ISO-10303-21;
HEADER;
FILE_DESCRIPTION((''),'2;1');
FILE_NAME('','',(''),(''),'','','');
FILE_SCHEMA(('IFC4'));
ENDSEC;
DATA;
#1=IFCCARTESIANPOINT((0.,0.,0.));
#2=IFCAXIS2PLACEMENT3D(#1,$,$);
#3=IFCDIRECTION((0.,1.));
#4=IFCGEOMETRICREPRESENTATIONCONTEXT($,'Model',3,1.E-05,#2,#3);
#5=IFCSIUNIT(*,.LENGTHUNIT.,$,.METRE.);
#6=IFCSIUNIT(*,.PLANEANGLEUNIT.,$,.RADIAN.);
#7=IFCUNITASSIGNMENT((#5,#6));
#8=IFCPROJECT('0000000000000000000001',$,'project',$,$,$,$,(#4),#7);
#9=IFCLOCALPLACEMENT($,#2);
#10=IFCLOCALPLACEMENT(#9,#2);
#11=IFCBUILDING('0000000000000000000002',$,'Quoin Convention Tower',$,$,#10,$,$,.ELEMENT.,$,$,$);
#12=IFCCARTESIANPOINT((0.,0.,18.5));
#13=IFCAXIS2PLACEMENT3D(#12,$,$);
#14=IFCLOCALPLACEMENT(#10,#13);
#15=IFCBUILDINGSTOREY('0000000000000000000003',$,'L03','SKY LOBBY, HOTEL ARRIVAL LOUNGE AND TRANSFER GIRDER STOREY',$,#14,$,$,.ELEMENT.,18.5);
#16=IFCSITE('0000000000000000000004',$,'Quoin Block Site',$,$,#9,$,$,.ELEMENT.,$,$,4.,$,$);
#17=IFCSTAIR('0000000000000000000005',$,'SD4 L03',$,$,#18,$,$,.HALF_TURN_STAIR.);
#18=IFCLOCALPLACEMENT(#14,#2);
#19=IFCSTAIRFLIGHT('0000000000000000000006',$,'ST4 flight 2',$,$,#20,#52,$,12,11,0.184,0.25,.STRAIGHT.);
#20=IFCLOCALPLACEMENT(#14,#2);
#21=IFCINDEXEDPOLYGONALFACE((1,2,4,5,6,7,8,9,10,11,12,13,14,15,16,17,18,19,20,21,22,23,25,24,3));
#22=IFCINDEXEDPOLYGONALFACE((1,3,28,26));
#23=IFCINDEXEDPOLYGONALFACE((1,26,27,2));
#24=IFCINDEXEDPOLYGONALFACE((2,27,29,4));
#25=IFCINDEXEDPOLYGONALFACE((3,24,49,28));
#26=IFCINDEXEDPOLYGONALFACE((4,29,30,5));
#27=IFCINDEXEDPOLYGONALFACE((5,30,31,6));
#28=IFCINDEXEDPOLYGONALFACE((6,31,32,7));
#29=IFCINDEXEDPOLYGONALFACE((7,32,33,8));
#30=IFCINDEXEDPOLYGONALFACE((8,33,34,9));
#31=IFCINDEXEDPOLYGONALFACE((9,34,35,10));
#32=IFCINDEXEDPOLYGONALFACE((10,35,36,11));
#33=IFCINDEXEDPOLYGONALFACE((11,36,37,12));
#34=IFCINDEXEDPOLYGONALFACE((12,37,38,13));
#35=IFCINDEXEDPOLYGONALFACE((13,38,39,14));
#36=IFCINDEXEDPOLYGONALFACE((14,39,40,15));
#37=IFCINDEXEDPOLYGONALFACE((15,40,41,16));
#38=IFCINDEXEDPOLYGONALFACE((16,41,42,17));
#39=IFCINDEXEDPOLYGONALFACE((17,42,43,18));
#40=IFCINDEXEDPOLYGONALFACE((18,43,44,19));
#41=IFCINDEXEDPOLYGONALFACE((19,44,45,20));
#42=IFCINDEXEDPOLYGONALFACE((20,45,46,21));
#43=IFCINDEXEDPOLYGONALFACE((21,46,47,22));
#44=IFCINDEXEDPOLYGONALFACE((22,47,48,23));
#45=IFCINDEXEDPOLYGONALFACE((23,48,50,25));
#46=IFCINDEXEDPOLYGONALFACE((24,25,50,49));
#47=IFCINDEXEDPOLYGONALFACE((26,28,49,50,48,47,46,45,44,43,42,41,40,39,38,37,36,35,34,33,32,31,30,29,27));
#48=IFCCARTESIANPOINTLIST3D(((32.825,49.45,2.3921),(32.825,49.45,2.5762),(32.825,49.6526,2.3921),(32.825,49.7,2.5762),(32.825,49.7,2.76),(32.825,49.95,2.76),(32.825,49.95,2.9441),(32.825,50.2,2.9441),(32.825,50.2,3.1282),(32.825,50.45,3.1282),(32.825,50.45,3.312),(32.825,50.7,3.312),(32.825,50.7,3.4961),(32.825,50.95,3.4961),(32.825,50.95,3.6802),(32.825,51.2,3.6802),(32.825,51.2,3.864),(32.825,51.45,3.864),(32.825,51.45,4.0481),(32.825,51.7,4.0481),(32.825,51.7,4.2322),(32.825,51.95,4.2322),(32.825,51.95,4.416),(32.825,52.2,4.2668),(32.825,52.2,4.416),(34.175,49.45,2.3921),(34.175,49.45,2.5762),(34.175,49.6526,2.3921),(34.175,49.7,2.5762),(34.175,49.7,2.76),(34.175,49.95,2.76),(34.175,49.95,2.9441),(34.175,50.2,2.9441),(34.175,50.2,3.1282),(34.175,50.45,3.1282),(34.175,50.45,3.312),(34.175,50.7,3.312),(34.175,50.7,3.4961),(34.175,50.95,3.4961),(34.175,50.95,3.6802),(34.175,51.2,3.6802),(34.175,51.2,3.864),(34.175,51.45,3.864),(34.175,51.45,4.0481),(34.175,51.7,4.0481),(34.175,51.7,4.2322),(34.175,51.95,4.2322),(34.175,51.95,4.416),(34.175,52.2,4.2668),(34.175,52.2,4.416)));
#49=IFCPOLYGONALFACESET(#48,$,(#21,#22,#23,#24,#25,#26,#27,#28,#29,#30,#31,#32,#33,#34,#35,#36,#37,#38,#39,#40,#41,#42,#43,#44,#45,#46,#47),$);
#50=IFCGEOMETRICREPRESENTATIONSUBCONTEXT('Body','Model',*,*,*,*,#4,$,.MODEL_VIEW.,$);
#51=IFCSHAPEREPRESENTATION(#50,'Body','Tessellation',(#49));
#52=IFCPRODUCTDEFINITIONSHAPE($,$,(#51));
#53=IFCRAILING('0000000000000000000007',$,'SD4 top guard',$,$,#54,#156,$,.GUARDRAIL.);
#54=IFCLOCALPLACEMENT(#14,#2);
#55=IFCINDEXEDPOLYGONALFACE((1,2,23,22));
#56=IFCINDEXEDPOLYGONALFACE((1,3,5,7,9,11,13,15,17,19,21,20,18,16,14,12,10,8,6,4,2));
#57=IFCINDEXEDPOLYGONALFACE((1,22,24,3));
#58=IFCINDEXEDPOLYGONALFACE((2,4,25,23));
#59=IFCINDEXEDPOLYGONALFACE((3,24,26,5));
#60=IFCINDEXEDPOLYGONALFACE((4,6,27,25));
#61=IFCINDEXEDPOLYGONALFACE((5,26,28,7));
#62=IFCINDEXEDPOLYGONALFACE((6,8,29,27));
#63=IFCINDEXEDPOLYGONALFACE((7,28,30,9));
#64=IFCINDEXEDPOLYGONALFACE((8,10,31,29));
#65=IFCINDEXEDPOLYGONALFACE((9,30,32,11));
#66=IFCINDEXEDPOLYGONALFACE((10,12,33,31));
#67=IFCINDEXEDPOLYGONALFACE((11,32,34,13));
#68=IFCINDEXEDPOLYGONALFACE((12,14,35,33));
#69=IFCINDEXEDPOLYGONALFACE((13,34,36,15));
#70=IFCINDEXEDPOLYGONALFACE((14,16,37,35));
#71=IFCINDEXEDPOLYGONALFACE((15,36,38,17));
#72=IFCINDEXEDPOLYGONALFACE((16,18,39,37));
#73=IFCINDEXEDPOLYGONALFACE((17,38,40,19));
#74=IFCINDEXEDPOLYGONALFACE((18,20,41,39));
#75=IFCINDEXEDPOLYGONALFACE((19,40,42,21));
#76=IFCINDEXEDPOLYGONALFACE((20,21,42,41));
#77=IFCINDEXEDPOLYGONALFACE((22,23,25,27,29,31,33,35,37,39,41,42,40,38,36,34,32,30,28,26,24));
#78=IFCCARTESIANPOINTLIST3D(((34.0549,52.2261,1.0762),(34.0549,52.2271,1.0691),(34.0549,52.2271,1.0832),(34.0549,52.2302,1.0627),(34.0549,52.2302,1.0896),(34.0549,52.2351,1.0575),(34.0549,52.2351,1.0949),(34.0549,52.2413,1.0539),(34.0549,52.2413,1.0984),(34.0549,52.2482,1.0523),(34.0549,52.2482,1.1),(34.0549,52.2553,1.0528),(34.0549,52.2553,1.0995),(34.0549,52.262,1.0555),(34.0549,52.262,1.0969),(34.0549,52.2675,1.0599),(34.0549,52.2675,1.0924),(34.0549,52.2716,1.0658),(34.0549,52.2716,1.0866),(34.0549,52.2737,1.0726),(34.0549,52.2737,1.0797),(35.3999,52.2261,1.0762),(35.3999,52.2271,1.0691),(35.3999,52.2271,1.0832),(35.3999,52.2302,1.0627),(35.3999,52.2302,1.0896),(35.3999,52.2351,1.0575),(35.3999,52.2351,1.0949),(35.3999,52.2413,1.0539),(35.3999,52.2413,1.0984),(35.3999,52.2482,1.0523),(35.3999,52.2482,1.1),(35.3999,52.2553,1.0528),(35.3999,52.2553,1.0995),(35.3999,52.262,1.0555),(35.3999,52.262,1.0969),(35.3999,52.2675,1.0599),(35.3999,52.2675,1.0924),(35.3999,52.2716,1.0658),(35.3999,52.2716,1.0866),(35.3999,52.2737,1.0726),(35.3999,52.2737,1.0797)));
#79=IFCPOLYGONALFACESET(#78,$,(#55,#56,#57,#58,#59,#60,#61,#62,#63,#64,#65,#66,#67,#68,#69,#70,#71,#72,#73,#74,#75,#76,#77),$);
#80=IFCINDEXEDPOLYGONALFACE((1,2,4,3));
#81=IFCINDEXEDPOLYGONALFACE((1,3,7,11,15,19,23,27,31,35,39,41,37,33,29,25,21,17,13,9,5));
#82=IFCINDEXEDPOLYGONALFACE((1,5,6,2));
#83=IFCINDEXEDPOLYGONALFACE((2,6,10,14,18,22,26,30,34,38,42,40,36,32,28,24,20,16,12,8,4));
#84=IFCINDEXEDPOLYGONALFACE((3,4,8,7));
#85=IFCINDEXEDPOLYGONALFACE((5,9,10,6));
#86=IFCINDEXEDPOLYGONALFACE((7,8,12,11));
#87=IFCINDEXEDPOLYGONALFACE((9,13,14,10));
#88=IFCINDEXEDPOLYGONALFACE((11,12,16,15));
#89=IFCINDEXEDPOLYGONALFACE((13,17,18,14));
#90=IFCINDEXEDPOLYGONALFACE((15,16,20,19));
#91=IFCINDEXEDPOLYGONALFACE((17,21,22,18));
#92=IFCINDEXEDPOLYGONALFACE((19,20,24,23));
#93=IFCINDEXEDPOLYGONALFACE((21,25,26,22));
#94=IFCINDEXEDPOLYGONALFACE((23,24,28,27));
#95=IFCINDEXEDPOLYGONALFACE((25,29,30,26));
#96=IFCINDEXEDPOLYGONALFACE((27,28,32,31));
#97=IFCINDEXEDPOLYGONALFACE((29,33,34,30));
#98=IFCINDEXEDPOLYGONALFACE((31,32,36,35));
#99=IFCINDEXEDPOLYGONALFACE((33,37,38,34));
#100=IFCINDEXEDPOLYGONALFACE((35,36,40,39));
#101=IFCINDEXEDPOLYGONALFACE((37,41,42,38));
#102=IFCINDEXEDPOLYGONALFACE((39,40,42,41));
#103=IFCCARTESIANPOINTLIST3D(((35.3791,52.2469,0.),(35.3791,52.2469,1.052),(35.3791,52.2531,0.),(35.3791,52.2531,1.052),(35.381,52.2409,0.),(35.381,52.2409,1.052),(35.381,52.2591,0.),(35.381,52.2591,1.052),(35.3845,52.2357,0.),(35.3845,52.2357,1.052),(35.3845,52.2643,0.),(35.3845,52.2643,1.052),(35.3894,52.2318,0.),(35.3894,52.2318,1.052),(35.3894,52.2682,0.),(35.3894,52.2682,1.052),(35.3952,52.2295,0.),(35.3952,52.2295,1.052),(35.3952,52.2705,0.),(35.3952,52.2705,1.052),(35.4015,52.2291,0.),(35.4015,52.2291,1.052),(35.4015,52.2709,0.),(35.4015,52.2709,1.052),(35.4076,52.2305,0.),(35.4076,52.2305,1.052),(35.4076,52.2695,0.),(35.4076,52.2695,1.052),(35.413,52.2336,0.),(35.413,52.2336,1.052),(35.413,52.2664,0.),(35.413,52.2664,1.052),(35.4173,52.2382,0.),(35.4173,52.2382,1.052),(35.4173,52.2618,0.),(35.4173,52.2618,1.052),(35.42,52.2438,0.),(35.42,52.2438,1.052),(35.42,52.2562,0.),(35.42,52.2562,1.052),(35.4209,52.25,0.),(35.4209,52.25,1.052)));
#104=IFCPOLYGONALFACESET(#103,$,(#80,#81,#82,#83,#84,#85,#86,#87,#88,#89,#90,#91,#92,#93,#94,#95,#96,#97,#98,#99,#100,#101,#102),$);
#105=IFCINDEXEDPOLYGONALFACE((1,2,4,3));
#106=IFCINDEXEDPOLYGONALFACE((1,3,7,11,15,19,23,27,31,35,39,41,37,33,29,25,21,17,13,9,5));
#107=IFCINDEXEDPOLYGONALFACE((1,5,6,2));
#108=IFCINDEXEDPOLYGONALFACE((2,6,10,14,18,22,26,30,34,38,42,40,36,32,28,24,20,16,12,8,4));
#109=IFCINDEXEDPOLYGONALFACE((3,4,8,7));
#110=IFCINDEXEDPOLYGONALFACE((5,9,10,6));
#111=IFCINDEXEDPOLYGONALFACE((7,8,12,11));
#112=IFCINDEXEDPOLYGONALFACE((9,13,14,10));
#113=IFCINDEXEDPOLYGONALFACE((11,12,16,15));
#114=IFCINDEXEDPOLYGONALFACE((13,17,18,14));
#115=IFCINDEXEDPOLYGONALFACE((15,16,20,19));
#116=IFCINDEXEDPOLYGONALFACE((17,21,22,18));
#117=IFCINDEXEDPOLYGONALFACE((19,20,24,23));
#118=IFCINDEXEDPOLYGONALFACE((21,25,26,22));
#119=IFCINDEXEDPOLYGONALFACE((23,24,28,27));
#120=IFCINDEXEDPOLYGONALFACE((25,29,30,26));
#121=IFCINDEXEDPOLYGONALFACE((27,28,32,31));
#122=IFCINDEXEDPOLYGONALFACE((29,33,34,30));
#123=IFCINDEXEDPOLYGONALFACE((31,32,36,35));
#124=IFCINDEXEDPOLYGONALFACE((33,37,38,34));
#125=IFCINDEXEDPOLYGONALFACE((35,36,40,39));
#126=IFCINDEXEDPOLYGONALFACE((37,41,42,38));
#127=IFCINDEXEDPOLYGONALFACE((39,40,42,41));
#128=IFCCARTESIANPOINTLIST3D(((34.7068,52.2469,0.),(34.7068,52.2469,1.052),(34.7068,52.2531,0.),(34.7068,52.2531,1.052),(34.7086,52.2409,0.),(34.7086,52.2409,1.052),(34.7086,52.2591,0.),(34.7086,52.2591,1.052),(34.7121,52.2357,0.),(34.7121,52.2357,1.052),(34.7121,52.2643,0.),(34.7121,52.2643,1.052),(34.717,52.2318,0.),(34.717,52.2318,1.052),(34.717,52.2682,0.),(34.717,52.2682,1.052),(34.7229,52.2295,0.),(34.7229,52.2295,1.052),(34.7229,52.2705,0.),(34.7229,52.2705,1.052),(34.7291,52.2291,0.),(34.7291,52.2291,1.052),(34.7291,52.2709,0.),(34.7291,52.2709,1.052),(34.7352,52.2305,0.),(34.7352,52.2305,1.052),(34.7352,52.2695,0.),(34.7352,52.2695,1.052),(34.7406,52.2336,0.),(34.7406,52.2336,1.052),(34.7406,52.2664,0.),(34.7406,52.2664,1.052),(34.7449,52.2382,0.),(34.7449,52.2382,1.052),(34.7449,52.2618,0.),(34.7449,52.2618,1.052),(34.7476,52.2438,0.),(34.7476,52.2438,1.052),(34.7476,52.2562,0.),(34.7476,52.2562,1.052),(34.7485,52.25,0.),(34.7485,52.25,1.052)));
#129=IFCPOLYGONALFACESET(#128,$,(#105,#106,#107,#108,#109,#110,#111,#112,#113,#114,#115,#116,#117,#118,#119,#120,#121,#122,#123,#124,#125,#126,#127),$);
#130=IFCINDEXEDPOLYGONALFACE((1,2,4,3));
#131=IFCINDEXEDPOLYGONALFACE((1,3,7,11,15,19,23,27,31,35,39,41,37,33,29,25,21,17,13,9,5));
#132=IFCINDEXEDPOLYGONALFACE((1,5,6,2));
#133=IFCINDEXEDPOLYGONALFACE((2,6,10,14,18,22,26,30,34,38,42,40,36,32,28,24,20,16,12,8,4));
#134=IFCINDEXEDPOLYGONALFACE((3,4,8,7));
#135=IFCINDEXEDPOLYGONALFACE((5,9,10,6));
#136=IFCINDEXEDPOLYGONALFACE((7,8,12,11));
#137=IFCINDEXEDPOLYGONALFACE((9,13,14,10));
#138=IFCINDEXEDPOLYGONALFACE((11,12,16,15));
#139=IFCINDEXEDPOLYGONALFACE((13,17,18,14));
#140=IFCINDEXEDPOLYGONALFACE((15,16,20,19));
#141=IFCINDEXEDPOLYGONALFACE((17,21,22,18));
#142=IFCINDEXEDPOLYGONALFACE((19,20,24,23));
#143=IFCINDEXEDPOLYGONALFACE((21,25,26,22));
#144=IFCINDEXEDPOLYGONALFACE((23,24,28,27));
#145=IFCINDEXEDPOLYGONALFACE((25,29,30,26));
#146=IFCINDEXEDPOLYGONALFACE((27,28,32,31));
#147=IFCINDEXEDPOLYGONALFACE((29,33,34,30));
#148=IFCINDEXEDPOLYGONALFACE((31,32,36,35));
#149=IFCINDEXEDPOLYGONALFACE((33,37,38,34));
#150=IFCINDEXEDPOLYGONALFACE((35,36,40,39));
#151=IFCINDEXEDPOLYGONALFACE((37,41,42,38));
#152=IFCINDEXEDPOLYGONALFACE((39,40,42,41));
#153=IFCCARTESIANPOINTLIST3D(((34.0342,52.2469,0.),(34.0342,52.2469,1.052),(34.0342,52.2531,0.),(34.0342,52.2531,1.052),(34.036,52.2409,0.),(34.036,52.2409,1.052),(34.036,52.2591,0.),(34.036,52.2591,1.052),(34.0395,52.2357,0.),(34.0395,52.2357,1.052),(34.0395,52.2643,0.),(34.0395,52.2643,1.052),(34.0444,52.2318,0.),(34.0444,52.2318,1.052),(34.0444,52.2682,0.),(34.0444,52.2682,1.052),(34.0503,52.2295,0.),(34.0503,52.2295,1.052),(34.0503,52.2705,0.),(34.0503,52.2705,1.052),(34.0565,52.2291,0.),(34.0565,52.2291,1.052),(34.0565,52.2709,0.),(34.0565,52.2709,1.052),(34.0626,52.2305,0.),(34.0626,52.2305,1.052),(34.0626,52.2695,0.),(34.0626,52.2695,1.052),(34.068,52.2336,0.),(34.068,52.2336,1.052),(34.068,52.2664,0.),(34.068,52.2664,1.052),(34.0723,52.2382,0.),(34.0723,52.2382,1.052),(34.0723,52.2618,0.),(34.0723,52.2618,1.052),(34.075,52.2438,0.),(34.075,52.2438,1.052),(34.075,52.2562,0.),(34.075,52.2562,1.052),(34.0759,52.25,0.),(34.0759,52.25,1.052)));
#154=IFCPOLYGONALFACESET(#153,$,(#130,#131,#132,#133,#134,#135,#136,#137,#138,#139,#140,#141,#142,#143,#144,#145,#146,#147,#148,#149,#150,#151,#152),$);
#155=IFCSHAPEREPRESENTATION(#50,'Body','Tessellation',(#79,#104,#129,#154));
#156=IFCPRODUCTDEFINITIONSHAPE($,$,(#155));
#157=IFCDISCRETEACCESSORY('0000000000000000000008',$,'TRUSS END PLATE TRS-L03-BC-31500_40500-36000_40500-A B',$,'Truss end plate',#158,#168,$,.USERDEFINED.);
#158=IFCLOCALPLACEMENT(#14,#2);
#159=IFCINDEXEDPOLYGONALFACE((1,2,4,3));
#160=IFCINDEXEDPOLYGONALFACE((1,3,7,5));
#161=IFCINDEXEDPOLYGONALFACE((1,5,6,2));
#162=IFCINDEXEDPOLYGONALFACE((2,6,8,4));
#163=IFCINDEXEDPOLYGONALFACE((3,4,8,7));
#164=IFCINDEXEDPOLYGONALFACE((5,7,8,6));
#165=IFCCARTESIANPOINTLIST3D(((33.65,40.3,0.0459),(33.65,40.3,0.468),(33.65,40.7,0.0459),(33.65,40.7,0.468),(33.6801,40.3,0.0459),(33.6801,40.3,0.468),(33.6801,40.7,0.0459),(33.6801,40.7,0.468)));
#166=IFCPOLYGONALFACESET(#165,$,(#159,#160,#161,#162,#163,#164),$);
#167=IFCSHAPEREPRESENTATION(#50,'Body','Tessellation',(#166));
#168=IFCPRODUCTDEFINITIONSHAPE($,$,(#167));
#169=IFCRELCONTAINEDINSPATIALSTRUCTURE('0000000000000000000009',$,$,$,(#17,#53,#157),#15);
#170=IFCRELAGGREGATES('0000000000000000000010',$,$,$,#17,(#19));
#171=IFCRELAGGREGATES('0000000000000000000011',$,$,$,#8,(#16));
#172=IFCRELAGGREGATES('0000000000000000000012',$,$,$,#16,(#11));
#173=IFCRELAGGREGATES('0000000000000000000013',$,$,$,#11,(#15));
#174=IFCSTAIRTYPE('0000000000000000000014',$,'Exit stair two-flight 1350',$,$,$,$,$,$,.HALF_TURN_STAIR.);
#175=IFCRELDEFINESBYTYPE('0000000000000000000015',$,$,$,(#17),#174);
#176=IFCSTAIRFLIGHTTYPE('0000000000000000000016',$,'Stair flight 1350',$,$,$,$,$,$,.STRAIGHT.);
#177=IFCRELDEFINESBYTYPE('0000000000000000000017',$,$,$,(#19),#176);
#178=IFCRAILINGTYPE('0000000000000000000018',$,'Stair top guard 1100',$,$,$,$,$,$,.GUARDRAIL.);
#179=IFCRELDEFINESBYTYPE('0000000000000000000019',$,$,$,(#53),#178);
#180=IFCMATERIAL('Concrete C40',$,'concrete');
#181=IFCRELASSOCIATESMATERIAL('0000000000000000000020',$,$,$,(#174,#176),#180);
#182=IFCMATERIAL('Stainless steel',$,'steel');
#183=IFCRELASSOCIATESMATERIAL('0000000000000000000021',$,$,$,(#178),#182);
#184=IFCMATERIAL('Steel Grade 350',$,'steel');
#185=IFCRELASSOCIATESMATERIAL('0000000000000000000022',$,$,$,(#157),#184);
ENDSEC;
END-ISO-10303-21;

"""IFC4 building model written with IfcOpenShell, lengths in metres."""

from ifc_helpers import new_model, si_unit, direction, frame, origin, origin_2d, place, context, subcontext, project, spatial, polyline, rectangle, circle, outline, extrude, material, type_object, element, aggregate, save


model = new_model("IFC4")

# Units and contexts
model_context = context("Model", 3, precision=1e-05, world=origin(), true_north=direction((0.0, 1.0)))
body_context = subcontext(model_context, "Body", "Model", "MODEL_VIEW")
ifc_project = project(units=[si_unit("LENGTHUNIT", "METRE"), si_unit("PLANEANGLEUNIT", "RADIAN")], contexts=[model_context])

# Site, building, storey
site_placement = place(None, origin())
site = spatial("IfcSite", under=ifc_project, at=site_placement, Name="Quoin Block Site", CompositionType="ELEMENT", RefElevation=4.0)
building_placement = place(site_placement, origin())
building = spatial("IfcBuilding", under=site, at=building_placement, Name="Quoin Convention Tower", CompositionType="ELEMENT")
storey_placement = place(building_placement, frame((0.0, 0.0, 18.5)))
storey = spatial("IfcBuildingStorey", under=building, at=storey_placement, Name="L03", Description="SKY LOBBY, HOTEL ARRIVAL LOUNGE AND TRANSFER GIRDER STOREY", CompositionType="ELEMENT", Elevation=18.5)

# Stair, stair flight
ifc_material_1 = material(Name="Concrete C40", Category="concrete")
stair_type = type_object("IfcStairType", Name="Exit stair two-flight 1350", PredefinedType="HALF_TURN_STAIR", material=ifc_material_1)
stair_placement = place(storey_placement, origin())
stair = element("IfcStair", 1, at=stair_placement, inside=storey, type_object=stair_type, Name="SD4 L03", PredefinedType="HALF_TURN_STAIR")
stair_flight_type = type_object("IfcStairFlightType", Name="Stair flight 1350", PredefinedType="STRAIGHT", material=ifc_material_1)
stair_flight_1_placement = place(storey_placement, frame((33.5, 49.45, 2.3921), z_axis=(0.0, 0.0, 1.0), x_axis=(0.0, 1.0, 0.0)))
stair_flight_1 = element("IfcStairFlight", 2, at=stair_flight_1_placement, type_object=stair_flight_type, Name="ST4 flight 2", NumberOfRisers=12, NumberOfTreads=11, PredefinedType="STRAIGHT", RiserHeight=0.184, TreadLength=0.25, context=body_context, shape_type="SweptSolid", body=[
    extrude(outline(polyline([(0.0, 0.0), (0.0, 0.1841), (0.25, 0.1841), (0.25, 0.3679), (0.5, 0.3679), (0.5, 0.552), (0.75, 0.552), (0.75, 0.7361), (1.0, 0.7361), (1.0, 0.9199), (1.25, 0.9199), (1.25, 1.104), (1.5, 1.104), (1.5, 1.2881), (1.75, 1.2881), (1.75, 1.4719), (2.0, 1.4719), (2.0, 1.656), (2.25, 1.656), (2.25, 1.8401), (2.5, 1.8401), (2.5, 2.0239), (2.75, 2.0239), (2.75, 2.208), (2.75, 1.8748), (0.2026, 0.0), (0.0, 0.0)])), frame((0.0, 0.675, 0.0), z_axis=(0.0, -1.0, 0.0), x_axis=(1.0, 0.0, 0.0)), (0.0, 0.0, 1.0), 1.3501),
])
aggregate(stair, [stair_flight_1])

# Railing
ifc_material_2 = material(Name="Stainless steel", Category="steel")
railing_type_1 = type_object("IfcRailingType", Name="Stair top guard 1100", PredefinedType="GUARDRAIL", material=ifc_material_2)
railing_1_placement = place(storey_placement, frame((35.3999, 52.25, 0.0)))
element("IfcRailing", 3, at=railing_1_placement, inside=storey, type_object=railing_type_1, Name="SD4 top guard", PredefinedType="GUARDRAIL", context=body_context, shape_type="SweptSolid", body=[
    extrude(circle(Radius=0.0239, at=origin_2d()), frame((0.0, 0.0, 1.0762), z_axis=(-1.0, 0.0, 0.0), x_axis=(0.0, -1.0, 0.0)), (0.0, 0.0, 1.0), 1.345),
    extrude(circle(Radius=0.021, at=origin_2d()), origin(), (0.0, 0.0, 1.0), 1.052),
    extrude(circle(Radius=0.021, at=origin_2d()), frame((-0.6724, 0.0, 0.0)), (0.0, 0.0, 1.0), 1.052),
    extrude(circle(Radius=0.021, at=origin_2d()), frame((-1.345, 0.0, 0.0)), (0.0, 0.0, 1.0), 1.052),
])

# Discrete accessory
ifc_material_3 = material(Name="Steel Grade 350", Category="steel")
discrete_accessory_placement = place(storey_placement, frame((33.665, 40.5, 0.0459), z_axis=(0.0, 0.0, 1.0), x_axis=(1.0, 0.0, 0.0)))
element("IfcDiscreteAccessory", 4, at=discrete_accessory_placement, inside=storey, material=ifc_material_3, Name="TRUSS END PLATE TRS-L03-BC-31500_40500-36000_40500-A B", ObjectType="Truss end plate", PredefinedType="USERDEFINED", context=body_context, shape_type="SweptSolid", body=[
    extrude(rectangle(XDim=0.03, YDim=0.3999, at=origin_2d()), origin(), (0.0, 0.0, 1.0), 0.4221),
])

save(model, "model.ifc")
